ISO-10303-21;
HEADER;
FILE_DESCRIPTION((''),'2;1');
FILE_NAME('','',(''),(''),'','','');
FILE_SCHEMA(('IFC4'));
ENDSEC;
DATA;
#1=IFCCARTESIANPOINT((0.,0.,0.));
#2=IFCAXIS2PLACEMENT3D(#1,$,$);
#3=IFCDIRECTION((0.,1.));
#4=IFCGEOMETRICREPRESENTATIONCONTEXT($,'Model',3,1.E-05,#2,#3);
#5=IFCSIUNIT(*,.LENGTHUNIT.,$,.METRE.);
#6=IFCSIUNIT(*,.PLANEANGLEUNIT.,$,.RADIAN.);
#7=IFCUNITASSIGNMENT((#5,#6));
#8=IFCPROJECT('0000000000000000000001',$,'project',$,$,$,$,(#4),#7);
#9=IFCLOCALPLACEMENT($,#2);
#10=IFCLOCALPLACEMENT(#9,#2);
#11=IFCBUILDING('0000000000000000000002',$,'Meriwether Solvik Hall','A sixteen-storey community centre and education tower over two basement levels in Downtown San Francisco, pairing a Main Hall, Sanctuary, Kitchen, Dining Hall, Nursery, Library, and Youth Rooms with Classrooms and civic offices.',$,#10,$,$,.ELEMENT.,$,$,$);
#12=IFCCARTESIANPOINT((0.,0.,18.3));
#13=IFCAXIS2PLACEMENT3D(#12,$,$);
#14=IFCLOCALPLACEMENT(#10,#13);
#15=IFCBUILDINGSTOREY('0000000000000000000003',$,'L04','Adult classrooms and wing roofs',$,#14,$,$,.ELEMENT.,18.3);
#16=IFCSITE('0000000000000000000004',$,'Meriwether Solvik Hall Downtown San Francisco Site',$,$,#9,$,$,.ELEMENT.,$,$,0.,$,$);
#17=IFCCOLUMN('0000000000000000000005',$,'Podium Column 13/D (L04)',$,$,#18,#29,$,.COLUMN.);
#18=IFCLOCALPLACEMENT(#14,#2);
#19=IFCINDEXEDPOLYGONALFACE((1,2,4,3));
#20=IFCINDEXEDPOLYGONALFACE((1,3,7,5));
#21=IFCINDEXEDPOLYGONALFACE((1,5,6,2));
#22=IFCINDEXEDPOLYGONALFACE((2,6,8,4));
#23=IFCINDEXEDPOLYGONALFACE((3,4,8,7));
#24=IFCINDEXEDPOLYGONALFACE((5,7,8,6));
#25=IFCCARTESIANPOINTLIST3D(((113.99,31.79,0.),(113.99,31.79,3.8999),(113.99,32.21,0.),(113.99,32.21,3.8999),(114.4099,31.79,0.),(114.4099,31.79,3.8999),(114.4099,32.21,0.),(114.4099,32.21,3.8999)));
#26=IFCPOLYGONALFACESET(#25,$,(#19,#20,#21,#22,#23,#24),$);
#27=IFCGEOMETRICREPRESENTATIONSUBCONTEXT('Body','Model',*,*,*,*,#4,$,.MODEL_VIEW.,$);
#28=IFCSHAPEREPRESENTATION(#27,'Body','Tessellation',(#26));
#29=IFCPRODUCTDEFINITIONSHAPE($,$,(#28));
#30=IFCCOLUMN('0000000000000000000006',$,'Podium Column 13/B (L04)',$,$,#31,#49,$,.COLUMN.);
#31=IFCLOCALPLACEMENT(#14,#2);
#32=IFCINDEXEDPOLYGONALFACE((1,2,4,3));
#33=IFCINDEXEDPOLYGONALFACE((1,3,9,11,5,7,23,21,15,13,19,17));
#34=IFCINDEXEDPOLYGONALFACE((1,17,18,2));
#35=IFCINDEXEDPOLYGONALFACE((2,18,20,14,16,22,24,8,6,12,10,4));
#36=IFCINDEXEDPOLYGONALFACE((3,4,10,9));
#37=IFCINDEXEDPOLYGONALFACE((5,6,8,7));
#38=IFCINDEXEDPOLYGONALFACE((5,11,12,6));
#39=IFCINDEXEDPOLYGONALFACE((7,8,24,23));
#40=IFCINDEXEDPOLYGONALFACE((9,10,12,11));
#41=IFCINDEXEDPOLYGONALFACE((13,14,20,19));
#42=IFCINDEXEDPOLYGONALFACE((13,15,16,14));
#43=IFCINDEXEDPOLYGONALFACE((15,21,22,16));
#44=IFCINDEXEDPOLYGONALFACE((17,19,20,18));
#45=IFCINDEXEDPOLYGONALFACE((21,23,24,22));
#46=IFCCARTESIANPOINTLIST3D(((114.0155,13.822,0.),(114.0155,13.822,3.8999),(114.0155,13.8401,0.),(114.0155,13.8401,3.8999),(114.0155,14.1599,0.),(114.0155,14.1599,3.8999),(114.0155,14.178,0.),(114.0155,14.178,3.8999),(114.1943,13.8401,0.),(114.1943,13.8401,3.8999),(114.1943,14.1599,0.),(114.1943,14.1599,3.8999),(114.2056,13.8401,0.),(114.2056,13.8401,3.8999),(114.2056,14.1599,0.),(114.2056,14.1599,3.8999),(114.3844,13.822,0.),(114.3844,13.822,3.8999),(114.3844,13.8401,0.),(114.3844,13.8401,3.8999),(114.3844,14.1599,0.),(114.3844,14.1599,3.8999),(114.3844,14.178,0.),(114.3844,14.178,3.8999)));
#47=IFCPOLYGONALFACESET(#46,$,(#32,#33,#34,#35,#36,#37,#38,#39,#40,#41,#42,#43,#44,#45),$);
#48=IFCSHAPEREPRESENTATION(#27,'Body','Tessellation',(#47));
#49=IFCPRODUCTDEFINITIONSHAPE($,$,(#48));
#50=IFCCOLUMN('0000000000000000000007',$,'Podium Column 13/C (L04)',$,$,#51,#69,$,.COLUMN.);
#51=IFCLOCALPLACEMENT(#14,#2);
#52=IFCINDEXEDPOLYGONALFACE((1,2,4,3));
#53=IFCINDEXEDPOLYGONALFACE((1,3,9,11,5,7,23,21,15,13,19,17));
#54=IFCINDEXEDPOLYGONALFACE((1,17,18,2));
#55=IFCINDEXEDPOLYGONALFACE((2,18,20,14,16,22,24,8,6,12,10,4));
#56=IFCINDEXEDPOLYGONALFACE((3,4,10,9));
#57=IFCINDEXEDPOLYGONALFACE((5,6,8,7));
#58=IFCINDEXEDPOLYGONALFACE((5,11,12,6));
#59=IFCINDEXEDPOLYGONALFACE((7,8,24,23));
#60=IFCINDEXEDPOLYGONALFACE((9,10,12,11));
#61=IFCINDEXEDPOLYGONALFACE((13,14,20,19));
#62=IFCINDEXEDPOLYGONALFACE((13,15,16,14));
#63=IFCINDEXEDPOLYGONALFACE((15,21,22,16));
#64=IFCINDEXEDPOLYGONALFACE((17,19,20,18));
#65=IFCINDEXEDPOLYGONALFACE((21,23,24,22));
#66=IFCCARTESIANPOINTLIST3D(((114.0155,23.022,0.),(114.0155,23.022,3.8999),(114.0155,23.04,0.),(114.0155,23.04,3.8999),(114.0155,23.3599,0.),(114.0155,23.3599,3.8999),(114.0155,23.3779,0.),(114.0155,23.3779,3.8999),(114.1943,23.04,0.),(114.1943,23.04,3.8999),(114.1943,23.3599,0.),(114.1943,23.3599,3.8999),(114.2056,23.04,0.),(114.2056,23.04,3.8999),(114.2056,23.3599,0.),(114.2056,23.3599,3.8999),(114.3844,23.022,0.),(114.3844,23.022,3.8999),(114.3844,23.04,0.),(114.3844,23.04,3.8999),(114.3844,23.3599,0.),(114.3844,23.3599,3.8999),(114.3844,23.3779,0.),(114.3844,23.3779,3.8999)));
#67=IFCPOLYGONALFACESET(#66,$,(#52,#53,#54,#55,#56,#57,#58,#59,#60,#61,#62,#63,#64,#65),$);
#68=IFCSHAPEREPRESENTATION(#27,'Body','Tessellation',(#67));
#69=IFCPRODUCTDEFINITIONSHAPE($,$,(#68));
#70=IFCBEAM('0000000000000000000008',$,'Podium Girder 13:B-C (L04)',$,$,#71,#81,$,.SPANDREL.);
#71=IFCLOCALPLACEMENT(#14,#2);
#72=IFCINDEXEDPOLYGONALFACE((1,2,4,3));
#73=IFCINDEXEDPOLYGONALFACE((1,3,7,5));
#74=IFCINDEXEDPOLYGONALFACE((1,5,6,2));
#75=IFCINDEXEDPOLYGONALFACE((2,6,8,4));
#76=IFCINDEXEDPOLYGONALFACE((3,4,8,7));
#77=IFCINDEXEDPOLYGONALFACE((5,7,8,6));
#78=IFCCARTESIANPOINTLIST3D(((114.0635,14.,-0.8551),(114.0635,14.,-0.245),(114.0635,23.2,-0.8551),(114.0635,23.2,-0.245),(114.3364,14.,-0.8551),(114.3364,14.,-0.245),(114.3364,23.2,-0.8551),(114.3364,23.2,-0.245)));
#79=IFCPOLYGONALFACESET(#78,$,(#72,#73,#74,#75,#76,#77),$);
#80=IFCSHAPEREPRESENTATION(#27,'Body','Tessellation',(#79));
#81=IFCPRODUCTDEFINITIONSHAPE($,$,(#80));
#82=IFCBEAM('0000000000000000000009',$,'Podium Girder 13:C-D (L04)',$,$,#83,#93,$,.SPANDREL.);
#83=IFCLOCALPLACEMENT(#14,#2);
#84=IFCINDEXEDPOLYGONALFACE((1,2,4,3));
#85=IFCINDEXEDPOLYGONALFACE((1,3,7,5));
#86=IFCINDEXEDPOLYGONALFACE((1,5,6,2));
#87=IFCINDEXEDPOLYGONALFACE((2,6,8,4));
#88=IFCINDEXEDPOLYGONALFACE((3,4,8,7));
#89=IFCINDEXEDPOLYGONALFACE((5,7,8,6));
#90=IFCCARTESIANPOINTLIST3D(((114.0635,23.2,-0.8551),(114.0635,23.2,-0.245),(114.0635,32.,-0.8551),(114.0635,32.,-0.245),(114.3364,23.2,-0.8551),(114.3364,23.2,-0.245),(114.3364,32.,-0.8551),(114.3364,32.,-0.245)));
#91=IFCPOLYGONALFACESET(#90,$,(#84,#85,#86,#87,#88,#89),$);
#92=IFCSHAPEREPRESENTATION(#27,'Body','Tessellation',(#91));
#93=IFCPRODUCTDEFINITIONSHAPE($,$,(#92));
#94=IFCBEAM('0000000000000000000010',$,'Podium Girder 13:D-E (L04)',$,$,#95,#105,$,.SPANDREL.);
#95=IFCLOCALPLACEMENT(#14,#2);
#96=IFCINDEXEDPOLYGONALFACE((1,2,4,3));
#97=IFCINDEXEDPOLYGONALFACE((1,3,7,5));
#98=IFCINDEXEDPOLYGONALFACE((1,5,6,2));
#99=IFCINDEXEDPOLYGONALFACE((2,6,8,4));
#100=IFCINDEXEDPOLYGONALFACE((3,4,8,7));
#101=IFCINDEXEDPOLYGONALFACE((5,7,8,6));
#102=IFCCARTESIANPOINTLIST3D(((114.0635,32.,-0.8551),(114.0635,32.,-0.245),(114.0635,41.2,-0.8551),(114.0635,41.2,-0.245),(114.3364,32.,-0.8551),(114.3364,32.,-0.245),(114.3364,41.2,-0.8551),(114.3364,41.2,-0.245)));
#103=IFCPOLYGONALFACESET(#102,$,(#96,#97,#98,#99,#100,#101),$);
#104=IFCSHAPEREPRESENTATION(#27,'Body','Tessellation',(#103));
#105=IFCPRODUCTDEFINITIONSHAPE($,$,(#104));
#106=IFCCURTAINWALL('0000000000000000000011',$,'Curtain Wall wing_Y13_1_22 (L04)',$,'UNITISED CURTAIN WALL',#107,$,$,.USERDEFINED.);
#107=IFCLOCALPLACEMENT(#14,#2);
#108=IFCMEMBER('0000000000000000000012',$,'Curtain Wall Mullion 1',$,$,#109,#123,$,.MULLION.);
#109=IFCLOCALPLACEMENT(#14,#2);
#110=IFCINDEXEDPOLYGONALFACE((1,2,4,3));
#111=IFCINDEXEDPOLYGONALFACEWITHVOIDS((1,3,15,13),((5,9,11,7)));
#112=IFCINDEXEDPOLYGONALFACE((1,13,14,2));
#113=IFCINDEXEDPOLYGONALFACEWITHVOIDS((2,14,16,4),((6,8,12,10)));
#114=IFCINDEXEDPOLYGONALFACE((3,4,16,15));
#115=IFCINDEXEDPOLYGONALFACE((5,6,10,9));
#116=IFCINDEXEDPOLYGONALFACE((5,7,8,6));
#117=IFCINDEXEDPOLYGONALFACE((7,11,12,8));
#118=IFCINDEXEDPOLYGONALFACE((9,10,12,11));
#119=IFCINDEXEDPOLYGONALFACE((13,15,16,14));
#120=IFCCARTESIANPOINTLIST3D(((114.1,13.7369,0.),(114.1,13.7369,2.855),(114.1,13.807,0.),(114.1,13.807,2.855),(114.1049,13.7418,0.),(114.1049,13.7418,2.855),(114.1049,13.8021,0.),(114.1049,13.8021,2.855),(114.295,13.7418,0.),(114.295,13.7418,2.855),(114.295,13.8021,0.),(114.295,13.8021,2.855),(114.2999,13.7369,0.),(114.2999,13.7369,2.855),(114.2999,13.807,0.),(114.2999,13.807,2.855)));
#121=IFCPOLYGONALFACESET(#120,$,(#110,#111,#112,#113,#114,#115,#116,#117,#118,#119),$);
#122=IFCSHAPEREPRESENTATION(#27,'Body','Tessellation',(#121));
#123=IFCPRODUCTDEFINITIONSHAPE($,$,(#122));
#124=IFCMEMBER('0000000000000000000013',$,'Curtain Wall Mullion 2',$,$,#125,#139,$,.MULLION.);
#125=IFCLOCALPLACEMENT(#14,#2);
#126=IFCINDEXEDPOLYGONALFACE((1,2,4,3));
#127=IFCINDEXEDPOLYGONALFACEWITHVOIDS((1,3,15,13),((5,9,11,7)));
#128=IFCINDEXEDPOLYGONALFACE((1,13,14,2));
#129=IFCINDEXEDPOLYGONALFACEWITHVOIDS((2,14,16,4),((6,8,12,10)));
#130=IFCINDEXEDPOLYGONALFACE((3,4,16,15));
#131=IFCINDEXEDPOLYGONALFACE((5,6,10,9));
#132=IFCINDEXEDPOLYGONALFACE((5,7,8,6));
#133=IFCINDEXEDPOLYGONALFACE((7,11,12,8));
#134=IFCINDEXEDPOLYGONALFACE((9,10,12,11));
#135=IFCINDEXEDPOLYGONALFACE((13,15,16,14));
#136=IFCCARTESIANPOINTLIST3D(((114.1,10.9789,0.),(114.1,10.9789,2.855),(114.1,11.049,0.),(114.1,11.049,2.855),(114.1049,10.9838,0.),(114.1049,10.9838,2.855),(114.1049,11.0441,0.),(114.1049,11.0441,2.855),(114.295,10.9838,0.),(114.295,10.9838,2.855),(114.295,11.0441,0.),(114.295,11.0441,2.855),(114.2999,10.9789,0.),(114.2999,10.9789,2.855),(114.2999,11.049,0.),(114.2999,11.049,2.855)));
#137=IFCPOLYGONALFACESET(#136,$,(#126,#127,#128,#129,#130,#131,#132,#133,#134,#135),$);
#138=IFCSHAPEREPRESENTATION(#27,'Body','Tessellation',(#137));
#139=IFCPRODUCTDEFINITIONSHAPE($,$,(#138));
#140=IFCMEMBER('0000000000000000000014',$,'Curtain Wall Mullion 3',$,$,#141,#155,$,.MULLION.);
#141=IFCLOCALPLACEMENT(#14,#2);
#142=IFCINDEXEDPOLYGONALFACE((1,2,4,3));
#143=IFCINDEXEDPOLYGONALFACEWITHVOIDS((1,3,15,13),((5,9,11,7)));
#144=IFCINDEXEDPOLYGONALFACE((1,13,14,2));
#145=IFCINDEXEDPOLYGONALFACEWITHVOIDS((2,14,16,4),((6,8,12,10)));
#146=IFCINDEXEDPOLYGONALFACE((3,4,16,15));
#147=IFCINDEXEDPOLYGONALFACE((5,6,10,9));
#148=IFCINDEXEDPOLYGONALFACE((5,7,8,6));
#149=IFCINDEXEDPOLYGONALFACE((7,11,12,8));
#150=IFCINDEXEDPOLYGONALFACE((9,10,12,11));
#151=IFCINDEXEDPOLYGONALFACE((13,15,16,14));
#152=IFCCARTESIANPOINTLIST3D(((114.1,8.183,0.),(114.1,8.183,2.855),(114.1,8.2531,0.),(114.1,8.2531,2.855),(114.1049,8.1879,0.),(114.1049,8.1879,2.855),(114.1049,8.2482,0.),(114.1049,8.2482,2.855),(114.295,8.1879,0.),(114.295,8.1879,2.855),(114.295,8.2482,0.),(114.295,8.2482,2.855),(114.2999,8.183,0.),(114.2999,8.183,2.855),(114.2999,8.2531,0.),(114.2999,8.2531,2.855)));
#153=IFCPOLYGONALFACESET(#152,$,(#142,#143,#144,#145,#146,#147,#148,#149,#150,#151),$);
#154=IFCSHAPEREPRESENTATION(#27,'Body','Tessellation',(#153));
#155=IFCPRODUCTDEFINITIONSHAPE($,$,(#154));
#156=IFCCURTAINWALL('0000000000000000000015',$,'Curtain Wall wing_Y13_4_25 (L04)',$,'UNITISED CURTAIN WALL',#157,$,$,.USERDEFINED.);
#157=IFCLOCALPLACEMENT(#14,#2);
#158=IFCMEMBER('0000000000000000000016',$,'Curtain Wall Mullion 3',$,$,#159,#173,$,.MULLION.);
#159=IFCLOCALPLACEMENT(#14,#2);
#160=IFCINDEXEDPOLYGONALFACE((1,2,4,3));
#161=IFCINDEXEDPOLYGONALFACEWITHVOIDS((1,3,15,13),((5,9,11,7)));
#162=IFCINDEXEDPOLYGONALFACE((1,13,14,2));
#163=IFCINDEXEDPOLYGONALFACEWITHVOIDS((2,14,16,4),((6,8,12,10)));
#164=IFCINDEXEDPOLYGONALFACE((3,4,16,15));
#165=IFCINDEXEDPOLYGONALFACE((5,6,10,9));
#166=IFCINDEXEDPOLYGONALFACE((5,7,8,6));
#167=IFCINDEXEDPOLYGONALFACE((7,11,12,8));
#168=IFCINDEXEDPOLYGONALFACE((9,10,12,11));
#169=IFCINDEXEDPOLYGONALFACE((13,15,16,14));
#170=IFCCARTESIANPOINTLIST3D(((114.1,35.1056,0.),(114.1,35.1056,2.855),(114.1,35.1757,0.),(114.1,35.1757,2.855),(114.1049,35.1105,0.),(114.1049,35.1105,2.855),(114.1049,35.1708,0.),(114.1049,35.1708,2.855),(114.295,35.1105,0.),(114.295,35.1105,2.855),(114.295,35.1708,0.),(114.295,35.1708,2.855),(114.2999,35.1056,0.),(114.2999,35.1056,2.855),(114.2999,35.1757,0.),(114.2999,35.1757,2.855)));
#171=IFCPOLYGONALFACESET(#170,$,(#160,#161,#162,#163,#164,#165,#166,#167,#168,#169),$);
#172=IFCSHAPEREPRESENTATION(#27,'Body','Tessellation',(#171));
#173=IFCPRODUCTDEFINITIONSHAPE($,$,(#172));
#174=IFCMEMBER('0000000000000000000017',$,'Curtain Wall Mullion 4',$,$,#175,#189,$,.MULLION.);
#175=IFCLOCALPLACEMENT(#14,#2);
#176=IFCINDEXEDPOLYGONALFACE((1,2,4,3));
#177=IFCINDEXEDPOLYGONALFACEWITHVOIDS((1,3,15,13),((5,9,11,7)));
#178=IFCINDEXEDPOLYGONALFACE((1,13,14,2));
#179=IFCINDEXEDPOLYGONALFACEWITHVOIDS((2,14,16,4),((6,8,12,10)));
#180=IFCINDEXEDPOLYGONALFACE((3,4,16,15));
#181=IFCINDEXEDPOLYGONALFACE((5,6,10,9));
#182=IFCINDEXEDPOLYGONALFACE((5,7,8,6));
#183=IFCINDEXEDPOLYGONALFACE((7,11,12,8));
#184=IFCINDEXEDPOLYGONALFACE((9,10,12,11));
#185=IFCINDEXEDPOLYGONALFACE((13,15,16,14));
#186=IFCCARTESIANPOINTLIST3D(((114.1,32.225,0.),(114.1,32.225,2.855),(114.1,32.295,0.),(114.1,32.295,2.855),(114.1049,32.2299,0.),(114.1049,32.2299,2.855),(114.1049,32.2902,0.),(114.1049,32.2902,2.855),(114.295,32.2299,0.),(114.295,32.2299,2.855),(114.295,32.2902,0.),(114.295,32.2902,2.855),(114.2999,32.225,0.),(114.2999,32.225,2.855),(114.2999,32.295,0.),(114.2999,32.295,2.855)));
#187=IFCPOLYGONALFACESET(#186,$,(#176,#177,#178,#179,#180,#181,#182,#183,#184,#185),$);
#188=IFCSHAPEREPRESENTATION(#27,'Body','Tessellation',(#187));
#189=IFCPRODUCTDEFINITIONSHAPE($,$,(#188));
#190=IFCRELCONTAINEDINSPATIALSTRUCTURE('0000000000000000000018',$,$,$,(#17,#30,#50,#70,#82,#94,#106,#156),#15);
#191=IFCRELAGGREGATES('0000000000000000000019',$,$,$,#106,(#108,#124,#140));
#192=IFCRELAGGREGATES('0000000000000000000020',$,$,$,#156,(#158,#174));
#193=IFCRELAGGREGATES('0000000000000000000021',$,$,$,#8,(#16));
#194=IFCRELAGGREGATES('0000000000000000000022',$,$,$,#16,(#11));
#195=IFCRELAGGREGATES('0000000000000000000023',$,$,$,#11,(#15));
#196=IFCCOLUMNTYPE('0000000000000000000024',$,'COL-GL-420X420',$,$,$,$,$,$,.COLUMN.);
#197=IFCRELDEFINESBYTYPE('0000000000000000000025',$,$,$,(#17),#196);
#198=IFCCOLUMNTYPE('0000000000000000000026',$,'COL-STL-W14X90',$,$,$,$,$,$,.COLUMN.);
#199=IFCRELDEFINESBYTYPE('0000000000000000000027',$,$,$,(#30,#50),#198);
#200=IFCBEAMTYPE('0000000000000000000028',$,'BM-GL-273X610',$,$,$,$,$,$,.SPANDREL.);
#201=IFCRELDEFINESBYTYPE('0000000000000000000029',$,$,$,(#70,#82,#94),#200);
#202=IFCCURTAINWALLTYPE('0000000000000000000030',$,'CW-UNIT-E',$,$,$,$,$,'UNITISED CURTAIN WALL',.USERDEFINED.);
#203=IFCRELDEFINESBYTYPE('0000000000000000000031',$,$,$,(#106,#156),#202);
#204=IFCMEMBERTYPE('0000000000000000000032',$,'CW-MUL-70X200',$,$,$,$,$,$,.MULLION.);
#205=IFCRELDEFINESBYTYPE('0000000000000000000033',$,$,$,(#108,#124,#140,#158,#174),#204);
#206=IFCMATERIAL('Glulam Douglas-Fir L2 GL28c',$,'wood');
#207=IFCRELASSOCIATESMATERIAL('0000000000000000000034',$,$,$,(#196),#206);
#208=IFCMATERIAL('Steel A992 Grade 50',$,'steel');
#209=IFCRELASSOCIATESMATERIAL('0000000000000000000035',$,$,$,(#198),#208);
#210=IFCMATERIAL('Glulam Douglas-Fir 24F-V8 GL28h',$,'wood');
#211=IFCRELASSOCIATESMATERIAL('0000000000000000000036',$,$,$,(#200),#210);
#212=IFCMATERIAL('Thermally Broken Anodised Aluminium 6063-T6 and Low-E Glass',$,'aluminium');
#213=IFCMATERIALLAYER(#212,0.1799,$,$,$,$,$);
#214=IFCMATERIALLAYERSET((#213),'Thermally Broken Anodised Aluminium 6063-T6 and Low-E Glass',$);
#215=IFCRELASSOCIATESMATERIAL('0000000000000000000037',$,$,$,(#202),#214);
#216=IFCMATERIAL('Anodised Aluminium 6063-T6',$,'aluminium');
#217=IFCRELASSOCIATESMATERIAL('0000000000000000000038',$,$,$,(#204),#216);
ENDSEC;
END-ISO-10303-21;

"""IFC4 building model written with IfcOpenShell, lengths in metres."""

from ifc_helpers import new_model, si_unit, direction, frame, origin, origin_2d, place, context, subcontext, project, spatial, rectangle, hollow_rectangle, i_section, extrude, material, layer, layer_set, material_profile, profile_set, type_object, element, aggregate, save


model = new_model("IFC4")

# Units and contexts
model_context = context("Model", 3, precision=1e-05, world=origin(), true_north=direction((0.0, 1.0)))
body_context = subcontext(model_context, "Body", "Model", "MODEL_VIEW")
ifc_project = project(units=[si_unit("LENGTHUNIT", "METRE"), si_unit("PLANEANGLEUNIT", "RADIAN")], contexts=[model_context])

# Site, building, storey
site_placement = place(None, origin())
site = spatial("IfcSite", under=ifc_project, at=site_placement, Name="Meriwether Solvik Hall Downtown San Francisco Site", CompositionType="ELEMENT", RefElevation=0.0)
building_placement = place(site_placement, origin())
building = spatial("IfcBuilding", under=site, at=building_placement, Name="Meriwether Solvik Hall", Description="A sixteen-storey community centre and education tower over two basement levels in Downtown San Francisco, pairing a Main Hall, Sanctuary, Kitchen, Dining Hall, Nursery, Library, and Youth Rooms with Classrooms and civic offices.", CompositionType="ELEMENT")
storey_placement = place(building_placement, frame((0.0, 0.0, 18.3)))
storey = spatial("IfcBuildingStorey", under=building, at=storey_placement, Name="L04", Description="Adult classrooms and wing roofs", CompositionType="ELEMENT", Elevation=18.3)

# Columns
ifc_material_1 = material(Name="Glulam Douglas-Fir L2 GL28c", Category="wood")
ifc_material_profile_1 = material_profile(ifc_material_1, rectangle(XDim=0.4199, YDim=0.4199, at=origin_2d()), Name="GLC-420X420")
ifc_profile_set_1 = profile_set([ifc_material_profile_1], Name="Glulam Douglas-Fir L2 GL28c")
column_type_1 = type_object("IfcColumnType", Name="COL-GL-420X420", PredefinedType="COLUMN", material=ifc_profile_set_1)
column_placement = place(storey_placement, frame((114.2, 32.0, 0.0), z_axis=(0.0, 0.0, 1.0), x_axis=(1.0, 0.0, 0.0)))
element("IfcColumn", 1, at=column_placement, inside=storey, type_object=column_type_1, Name="Podium Column 13/D (L04)", PredefinedType="COLUMN", context=body_context, shape_type="SweptSolid", body=[
    extrude(rectangle(XDim=0.4199, YDim=0.4199, at=origin_2d()), origin(), (0.0, 0.0, 1.0), 3.8999),
])
ifc_material_2 = material(Name="Steel A992 Grade 50", Category="steel")
ifc_material_profile_2 = material_profile(ifc_material_2, i_section(OverallWidth=0.3689, OverallDepth=0.356, WebThickness=0.0112, FlangeThickness=0.0181, at=origin_2d()), Name="W14X90")
ifc_profile_set_2 = profile_set([ifc_material_profile_2], Name="Steel A992 Grade 50")
column_type_2 = type_object("IfcColumnType", Name="COL-STL-W14X90", PredefinedType="COLUMN", material=ifc_profile_set_2)
for number, where, z_axis, x_axis, name in (
    (2, (114.2, 14.0, 0.0), (0.0, 0.0, 1.0), (1.0, 0.0, 0.0), "Podium Column 13/B (L04)"),
    (3, (114.2, 23.2, 0.0), (0.0, 0.0, 1.0), (1.0, 0.0, 0.0), "Podium Column 13/C (L04)"),
):
    element("IfcColumn", number, at=place(storey_placement, frame(where, z_axis=z_axis, x_axis=x_axis)), inside=storey, type_object=column_type_2, Name=name, PredefinedType="COLUMN", context=body_context, shape_type="SweptSolid", body=[
        extrude(i_section(OverallWidth=0.3689, OverallDepth=0.356, WebThickness=0.0112, FlangeThickness=0.0181, at=origin_2d()), origin(), (0.0, 0.0, 1.0), 3.8999),
    ])

# Beams
ifc_material_3 = material(Name="Glulam Douglas-Fir 24F-V8 GL28h", Category="wood")
ifc_material_profile_3 = material_profile(ifc_material_3, rectangle(XDim=0.2729, YDim=0.6101, at=origin_2d()), Name="GLB-273X610")
ifc_profile_set_3 = profile_set([ifc_material_profile_3], Name="Glulam Douglas-Fir 24F-V8 GL28h")
beam_type = type_object("IfcBeamType", Name="BM-GL-273X610", PredefinedType="SPANDREL", material=ifc_profile_set_3)
beam_1_placement = place(storey_placement, frame((114.2, 14.0, -0.55), z_axis=(0.0, 1.0, 0.0), x_axis=(-1.0, 0.0, 0.0)))
element("IfcBeam", 4, at=beam_1_placement, inside=storey, type_object=beam_type, Name="Podium Girder 13:B-C (L04)", PredefinedType="SPANDREL", context=body_context, shape_type="SweptSolid", body=[
    extrude(rectangle(XDim=0.2729, YDim=0.6101, at=origin_2d()), origin(), (0.0, 0.0, 1.0), 9.2),
])
beam_2_placement = place(storey_placement, frame((114.2, 23.2, -0.55), z_axis=(0.0, 1.0, 0.0), x_axis=(-1.0, 0.0, 0.0)))
element("IfcBeam", 5, at=beam_2_placement, inside=storey, type_object=beam_type, Name="Podium Girder 13:C-D (L04)", PredefinedType="SPANDREL", context=body_context, shape_type="SweptSolid", body=[
    extrude(rectangle(XDim=0.2729, YDim=0.6101, at=origin_2d()), origin(), (0.0, 0.0, 1.0), 8.8),
])
beam_3_placement = place(storey_placement, frame((114.2, 32.0, -0.55), z_axis=(0.0, 1.0, 0.0), x_axis=(-1.0, 0.0, 0.0)))
element("IfcBeam", 6, at=beam_3_placement, inside=storey, type_object=beam_type, Name="Podium Girder 13:D-E (L04)", PredefinedType="SPANDREL", context=body_context, shape_type="SweptSolid", body=[
    extrude(rectangle(XDim=0.2729, YDim=0.6101, at=origin_2d()), origin(), (0.0, 0.0, 1.0), 9.2),
])

# Curtain walls, members
ifc_material_4 = material(Name="Thermally Broken Anodised Aluminium 6063-T6 and Low-E Glass", Category="aluminium")
ifc_layer_1 = layer(ifc_material_4, 0.1799)
ifc_layer_set_1 = layer_set([ifc_layer_1], Name="Thermally Broken Anodised Aluminium 6063-T6 and Low-E Glass")
curtain_wall_type = type_object("IfcCurtainWallType", Name="CW-UNIT-E", ElementType="UNITISED CURTAIN WALL", PredefinedType="USERDEFINED", material=ifc_layer_set_1)
curtain_wall_1_placement = place(storey_placement, origin())
curtain_wall_1 = element("IfcCurtainWall", 7, at=curtain_wall_1_placement, inside=storey, type_object=curtain_wall_type, Name="Curtain Wall wing_Y13_1_22 (L04)", ObjectType="UNITISED CURTAIN WALL", PredefinedType="USERDEFINED")
ifc_material_5 = material(Name="Anodised Aluminium 6063-T6", Category="aluminium")
ifc_material_profile_4 = material_profile(ifc_material_5, hollow_rectangle(XDim=0.0701, YDim=0.2, WallThickness=0.0049, at=origin_2d()), Name="CWM-70X200")
ifc_profile_set_4 = profile_set([ifc_material_profile_4], Name="Anodised Aluminium 6063-T6")
member_type_1 = type_object("IfcMemberType", Name="CW-MUL-70X200", PredefinedType="MULLION", material=ifc_profile_set_4)
member_1_placement = place(storey_placement, frame((114.2, 13.772, 0.0), z_axis=(0.0, 0.0, 1.0), x_axis=(0.0, -1.0, 0.0)))
member_1 = element("IfcMember", 8, at=member_1_placement, type_object=member_type_1, Name="Curtain Wall Mullion 1", PredefinedType="MULLION", context=body_context, shape_type="SweptSolid", body=[
    extrude(hollow_rectangle(XDim=0.0701, YDim=0.2, WallThickness=0.0049, at=origin_2d()), origin(), (0.0, 0.0, 1.0), 2.855),
])
member_2_placement = place(storey_placement, frame((114.2, 11.0139, 0.0), z_axis=(0.0, 0.0, 1.0), x_axis=(0.0, -1.0, 0.0)))
member_2 = element("IfcMember", 9, at=member_2_placement, type_object=member_type_1, Name="Curtain Wall Mullion 2", PredefinedType="MULLION", context=body_context, shape_type="SweptSolid", body=[
    extrude(hollow_rectangle(XDim=0.0701, YDim=0.2, WallThickness=0.0049, at=origin_2d()), origin(), (0.0, 0.0, 1.0), 2.855),
])
member_3_placement = place(storey_placement, frame((114.2, 8.218, 0.0), z_axis=(0.0, 0.0, 1.0), x_axis=(0.0, -1.0, 0.0)))
member_3 = element("IfcMember", 10, at=member_3_placement, type_object=member_type_1, Name="Curtain Wall Mullion 3", PredefinedType="MULLION", context=body_context, shape_type="SweptSolid", body=[
    extrude(hollow_rectangle(XDim=0.0701, YDim=0.2, WallThickness=0.0049, at=origin_2d()), origin(), (0.0, 0.0, 1.0), 2.855),
])
curtain_wall_2_placement = place(storey_placement, origin())
curtain_wall_2 = element("IfcCurtainWall", 11, at=curtain_wall_2_placement, inside=storey, type_object=curtain_wall_type, Name="Curtain Wall wing_Y13_4_25 (L04)", ObjectType="UNITISED CURTAIN WALL", PredefinedType="USERDEFINED")
member_4_placement = place(storey_placement, frame((114.2, 35.1406, 0.0), z_axis=(0.0, 0.0, 1.0), x_axis=(0.0, -1.0, 0.0)))
member_4 = element("IfcMember", 12, at=member_4_placement, type_object=member_type_1, Name="Curtain Wall Mullion 3", PredefinedType="MULLION", context=body_context, shape_type="SweptSolid", body=[
    extrude(hollow_rectangle(XDim=0.0701, YDim=0.2, WallThickness=0.0049, at=origin_2d()), origin(), (0.0, 0.0, 1.0), 2.855),
])
member_5_placement = place(storey_placement, frame((114.2, 32.26, 0.0), z_axis=(0.0, 0.0, 1.0), x_axis=(0.0, -1.0, 0.0)))
member_5 = element("IfcMember", 13, at=member_5_placement, type_object=member_type_1, Name="Curtain Wall Mullion 4", PredefinedType="MULLION", context=body_context, shape_type="SweptSolid", body=[
    extrude(hollow_rectangle(XDim=0.0701, YDim=0.2, WallThickness=0.0049, at=origin_2d()), origin(), (0.0, 0.0, 1.0), 2.855),
])

aggregate(curtain_wall_1, [member_1, member_2, member_3])
aggregate(curtain_wall_2, [member_4, member_5])

save(model, "model.ifc")
